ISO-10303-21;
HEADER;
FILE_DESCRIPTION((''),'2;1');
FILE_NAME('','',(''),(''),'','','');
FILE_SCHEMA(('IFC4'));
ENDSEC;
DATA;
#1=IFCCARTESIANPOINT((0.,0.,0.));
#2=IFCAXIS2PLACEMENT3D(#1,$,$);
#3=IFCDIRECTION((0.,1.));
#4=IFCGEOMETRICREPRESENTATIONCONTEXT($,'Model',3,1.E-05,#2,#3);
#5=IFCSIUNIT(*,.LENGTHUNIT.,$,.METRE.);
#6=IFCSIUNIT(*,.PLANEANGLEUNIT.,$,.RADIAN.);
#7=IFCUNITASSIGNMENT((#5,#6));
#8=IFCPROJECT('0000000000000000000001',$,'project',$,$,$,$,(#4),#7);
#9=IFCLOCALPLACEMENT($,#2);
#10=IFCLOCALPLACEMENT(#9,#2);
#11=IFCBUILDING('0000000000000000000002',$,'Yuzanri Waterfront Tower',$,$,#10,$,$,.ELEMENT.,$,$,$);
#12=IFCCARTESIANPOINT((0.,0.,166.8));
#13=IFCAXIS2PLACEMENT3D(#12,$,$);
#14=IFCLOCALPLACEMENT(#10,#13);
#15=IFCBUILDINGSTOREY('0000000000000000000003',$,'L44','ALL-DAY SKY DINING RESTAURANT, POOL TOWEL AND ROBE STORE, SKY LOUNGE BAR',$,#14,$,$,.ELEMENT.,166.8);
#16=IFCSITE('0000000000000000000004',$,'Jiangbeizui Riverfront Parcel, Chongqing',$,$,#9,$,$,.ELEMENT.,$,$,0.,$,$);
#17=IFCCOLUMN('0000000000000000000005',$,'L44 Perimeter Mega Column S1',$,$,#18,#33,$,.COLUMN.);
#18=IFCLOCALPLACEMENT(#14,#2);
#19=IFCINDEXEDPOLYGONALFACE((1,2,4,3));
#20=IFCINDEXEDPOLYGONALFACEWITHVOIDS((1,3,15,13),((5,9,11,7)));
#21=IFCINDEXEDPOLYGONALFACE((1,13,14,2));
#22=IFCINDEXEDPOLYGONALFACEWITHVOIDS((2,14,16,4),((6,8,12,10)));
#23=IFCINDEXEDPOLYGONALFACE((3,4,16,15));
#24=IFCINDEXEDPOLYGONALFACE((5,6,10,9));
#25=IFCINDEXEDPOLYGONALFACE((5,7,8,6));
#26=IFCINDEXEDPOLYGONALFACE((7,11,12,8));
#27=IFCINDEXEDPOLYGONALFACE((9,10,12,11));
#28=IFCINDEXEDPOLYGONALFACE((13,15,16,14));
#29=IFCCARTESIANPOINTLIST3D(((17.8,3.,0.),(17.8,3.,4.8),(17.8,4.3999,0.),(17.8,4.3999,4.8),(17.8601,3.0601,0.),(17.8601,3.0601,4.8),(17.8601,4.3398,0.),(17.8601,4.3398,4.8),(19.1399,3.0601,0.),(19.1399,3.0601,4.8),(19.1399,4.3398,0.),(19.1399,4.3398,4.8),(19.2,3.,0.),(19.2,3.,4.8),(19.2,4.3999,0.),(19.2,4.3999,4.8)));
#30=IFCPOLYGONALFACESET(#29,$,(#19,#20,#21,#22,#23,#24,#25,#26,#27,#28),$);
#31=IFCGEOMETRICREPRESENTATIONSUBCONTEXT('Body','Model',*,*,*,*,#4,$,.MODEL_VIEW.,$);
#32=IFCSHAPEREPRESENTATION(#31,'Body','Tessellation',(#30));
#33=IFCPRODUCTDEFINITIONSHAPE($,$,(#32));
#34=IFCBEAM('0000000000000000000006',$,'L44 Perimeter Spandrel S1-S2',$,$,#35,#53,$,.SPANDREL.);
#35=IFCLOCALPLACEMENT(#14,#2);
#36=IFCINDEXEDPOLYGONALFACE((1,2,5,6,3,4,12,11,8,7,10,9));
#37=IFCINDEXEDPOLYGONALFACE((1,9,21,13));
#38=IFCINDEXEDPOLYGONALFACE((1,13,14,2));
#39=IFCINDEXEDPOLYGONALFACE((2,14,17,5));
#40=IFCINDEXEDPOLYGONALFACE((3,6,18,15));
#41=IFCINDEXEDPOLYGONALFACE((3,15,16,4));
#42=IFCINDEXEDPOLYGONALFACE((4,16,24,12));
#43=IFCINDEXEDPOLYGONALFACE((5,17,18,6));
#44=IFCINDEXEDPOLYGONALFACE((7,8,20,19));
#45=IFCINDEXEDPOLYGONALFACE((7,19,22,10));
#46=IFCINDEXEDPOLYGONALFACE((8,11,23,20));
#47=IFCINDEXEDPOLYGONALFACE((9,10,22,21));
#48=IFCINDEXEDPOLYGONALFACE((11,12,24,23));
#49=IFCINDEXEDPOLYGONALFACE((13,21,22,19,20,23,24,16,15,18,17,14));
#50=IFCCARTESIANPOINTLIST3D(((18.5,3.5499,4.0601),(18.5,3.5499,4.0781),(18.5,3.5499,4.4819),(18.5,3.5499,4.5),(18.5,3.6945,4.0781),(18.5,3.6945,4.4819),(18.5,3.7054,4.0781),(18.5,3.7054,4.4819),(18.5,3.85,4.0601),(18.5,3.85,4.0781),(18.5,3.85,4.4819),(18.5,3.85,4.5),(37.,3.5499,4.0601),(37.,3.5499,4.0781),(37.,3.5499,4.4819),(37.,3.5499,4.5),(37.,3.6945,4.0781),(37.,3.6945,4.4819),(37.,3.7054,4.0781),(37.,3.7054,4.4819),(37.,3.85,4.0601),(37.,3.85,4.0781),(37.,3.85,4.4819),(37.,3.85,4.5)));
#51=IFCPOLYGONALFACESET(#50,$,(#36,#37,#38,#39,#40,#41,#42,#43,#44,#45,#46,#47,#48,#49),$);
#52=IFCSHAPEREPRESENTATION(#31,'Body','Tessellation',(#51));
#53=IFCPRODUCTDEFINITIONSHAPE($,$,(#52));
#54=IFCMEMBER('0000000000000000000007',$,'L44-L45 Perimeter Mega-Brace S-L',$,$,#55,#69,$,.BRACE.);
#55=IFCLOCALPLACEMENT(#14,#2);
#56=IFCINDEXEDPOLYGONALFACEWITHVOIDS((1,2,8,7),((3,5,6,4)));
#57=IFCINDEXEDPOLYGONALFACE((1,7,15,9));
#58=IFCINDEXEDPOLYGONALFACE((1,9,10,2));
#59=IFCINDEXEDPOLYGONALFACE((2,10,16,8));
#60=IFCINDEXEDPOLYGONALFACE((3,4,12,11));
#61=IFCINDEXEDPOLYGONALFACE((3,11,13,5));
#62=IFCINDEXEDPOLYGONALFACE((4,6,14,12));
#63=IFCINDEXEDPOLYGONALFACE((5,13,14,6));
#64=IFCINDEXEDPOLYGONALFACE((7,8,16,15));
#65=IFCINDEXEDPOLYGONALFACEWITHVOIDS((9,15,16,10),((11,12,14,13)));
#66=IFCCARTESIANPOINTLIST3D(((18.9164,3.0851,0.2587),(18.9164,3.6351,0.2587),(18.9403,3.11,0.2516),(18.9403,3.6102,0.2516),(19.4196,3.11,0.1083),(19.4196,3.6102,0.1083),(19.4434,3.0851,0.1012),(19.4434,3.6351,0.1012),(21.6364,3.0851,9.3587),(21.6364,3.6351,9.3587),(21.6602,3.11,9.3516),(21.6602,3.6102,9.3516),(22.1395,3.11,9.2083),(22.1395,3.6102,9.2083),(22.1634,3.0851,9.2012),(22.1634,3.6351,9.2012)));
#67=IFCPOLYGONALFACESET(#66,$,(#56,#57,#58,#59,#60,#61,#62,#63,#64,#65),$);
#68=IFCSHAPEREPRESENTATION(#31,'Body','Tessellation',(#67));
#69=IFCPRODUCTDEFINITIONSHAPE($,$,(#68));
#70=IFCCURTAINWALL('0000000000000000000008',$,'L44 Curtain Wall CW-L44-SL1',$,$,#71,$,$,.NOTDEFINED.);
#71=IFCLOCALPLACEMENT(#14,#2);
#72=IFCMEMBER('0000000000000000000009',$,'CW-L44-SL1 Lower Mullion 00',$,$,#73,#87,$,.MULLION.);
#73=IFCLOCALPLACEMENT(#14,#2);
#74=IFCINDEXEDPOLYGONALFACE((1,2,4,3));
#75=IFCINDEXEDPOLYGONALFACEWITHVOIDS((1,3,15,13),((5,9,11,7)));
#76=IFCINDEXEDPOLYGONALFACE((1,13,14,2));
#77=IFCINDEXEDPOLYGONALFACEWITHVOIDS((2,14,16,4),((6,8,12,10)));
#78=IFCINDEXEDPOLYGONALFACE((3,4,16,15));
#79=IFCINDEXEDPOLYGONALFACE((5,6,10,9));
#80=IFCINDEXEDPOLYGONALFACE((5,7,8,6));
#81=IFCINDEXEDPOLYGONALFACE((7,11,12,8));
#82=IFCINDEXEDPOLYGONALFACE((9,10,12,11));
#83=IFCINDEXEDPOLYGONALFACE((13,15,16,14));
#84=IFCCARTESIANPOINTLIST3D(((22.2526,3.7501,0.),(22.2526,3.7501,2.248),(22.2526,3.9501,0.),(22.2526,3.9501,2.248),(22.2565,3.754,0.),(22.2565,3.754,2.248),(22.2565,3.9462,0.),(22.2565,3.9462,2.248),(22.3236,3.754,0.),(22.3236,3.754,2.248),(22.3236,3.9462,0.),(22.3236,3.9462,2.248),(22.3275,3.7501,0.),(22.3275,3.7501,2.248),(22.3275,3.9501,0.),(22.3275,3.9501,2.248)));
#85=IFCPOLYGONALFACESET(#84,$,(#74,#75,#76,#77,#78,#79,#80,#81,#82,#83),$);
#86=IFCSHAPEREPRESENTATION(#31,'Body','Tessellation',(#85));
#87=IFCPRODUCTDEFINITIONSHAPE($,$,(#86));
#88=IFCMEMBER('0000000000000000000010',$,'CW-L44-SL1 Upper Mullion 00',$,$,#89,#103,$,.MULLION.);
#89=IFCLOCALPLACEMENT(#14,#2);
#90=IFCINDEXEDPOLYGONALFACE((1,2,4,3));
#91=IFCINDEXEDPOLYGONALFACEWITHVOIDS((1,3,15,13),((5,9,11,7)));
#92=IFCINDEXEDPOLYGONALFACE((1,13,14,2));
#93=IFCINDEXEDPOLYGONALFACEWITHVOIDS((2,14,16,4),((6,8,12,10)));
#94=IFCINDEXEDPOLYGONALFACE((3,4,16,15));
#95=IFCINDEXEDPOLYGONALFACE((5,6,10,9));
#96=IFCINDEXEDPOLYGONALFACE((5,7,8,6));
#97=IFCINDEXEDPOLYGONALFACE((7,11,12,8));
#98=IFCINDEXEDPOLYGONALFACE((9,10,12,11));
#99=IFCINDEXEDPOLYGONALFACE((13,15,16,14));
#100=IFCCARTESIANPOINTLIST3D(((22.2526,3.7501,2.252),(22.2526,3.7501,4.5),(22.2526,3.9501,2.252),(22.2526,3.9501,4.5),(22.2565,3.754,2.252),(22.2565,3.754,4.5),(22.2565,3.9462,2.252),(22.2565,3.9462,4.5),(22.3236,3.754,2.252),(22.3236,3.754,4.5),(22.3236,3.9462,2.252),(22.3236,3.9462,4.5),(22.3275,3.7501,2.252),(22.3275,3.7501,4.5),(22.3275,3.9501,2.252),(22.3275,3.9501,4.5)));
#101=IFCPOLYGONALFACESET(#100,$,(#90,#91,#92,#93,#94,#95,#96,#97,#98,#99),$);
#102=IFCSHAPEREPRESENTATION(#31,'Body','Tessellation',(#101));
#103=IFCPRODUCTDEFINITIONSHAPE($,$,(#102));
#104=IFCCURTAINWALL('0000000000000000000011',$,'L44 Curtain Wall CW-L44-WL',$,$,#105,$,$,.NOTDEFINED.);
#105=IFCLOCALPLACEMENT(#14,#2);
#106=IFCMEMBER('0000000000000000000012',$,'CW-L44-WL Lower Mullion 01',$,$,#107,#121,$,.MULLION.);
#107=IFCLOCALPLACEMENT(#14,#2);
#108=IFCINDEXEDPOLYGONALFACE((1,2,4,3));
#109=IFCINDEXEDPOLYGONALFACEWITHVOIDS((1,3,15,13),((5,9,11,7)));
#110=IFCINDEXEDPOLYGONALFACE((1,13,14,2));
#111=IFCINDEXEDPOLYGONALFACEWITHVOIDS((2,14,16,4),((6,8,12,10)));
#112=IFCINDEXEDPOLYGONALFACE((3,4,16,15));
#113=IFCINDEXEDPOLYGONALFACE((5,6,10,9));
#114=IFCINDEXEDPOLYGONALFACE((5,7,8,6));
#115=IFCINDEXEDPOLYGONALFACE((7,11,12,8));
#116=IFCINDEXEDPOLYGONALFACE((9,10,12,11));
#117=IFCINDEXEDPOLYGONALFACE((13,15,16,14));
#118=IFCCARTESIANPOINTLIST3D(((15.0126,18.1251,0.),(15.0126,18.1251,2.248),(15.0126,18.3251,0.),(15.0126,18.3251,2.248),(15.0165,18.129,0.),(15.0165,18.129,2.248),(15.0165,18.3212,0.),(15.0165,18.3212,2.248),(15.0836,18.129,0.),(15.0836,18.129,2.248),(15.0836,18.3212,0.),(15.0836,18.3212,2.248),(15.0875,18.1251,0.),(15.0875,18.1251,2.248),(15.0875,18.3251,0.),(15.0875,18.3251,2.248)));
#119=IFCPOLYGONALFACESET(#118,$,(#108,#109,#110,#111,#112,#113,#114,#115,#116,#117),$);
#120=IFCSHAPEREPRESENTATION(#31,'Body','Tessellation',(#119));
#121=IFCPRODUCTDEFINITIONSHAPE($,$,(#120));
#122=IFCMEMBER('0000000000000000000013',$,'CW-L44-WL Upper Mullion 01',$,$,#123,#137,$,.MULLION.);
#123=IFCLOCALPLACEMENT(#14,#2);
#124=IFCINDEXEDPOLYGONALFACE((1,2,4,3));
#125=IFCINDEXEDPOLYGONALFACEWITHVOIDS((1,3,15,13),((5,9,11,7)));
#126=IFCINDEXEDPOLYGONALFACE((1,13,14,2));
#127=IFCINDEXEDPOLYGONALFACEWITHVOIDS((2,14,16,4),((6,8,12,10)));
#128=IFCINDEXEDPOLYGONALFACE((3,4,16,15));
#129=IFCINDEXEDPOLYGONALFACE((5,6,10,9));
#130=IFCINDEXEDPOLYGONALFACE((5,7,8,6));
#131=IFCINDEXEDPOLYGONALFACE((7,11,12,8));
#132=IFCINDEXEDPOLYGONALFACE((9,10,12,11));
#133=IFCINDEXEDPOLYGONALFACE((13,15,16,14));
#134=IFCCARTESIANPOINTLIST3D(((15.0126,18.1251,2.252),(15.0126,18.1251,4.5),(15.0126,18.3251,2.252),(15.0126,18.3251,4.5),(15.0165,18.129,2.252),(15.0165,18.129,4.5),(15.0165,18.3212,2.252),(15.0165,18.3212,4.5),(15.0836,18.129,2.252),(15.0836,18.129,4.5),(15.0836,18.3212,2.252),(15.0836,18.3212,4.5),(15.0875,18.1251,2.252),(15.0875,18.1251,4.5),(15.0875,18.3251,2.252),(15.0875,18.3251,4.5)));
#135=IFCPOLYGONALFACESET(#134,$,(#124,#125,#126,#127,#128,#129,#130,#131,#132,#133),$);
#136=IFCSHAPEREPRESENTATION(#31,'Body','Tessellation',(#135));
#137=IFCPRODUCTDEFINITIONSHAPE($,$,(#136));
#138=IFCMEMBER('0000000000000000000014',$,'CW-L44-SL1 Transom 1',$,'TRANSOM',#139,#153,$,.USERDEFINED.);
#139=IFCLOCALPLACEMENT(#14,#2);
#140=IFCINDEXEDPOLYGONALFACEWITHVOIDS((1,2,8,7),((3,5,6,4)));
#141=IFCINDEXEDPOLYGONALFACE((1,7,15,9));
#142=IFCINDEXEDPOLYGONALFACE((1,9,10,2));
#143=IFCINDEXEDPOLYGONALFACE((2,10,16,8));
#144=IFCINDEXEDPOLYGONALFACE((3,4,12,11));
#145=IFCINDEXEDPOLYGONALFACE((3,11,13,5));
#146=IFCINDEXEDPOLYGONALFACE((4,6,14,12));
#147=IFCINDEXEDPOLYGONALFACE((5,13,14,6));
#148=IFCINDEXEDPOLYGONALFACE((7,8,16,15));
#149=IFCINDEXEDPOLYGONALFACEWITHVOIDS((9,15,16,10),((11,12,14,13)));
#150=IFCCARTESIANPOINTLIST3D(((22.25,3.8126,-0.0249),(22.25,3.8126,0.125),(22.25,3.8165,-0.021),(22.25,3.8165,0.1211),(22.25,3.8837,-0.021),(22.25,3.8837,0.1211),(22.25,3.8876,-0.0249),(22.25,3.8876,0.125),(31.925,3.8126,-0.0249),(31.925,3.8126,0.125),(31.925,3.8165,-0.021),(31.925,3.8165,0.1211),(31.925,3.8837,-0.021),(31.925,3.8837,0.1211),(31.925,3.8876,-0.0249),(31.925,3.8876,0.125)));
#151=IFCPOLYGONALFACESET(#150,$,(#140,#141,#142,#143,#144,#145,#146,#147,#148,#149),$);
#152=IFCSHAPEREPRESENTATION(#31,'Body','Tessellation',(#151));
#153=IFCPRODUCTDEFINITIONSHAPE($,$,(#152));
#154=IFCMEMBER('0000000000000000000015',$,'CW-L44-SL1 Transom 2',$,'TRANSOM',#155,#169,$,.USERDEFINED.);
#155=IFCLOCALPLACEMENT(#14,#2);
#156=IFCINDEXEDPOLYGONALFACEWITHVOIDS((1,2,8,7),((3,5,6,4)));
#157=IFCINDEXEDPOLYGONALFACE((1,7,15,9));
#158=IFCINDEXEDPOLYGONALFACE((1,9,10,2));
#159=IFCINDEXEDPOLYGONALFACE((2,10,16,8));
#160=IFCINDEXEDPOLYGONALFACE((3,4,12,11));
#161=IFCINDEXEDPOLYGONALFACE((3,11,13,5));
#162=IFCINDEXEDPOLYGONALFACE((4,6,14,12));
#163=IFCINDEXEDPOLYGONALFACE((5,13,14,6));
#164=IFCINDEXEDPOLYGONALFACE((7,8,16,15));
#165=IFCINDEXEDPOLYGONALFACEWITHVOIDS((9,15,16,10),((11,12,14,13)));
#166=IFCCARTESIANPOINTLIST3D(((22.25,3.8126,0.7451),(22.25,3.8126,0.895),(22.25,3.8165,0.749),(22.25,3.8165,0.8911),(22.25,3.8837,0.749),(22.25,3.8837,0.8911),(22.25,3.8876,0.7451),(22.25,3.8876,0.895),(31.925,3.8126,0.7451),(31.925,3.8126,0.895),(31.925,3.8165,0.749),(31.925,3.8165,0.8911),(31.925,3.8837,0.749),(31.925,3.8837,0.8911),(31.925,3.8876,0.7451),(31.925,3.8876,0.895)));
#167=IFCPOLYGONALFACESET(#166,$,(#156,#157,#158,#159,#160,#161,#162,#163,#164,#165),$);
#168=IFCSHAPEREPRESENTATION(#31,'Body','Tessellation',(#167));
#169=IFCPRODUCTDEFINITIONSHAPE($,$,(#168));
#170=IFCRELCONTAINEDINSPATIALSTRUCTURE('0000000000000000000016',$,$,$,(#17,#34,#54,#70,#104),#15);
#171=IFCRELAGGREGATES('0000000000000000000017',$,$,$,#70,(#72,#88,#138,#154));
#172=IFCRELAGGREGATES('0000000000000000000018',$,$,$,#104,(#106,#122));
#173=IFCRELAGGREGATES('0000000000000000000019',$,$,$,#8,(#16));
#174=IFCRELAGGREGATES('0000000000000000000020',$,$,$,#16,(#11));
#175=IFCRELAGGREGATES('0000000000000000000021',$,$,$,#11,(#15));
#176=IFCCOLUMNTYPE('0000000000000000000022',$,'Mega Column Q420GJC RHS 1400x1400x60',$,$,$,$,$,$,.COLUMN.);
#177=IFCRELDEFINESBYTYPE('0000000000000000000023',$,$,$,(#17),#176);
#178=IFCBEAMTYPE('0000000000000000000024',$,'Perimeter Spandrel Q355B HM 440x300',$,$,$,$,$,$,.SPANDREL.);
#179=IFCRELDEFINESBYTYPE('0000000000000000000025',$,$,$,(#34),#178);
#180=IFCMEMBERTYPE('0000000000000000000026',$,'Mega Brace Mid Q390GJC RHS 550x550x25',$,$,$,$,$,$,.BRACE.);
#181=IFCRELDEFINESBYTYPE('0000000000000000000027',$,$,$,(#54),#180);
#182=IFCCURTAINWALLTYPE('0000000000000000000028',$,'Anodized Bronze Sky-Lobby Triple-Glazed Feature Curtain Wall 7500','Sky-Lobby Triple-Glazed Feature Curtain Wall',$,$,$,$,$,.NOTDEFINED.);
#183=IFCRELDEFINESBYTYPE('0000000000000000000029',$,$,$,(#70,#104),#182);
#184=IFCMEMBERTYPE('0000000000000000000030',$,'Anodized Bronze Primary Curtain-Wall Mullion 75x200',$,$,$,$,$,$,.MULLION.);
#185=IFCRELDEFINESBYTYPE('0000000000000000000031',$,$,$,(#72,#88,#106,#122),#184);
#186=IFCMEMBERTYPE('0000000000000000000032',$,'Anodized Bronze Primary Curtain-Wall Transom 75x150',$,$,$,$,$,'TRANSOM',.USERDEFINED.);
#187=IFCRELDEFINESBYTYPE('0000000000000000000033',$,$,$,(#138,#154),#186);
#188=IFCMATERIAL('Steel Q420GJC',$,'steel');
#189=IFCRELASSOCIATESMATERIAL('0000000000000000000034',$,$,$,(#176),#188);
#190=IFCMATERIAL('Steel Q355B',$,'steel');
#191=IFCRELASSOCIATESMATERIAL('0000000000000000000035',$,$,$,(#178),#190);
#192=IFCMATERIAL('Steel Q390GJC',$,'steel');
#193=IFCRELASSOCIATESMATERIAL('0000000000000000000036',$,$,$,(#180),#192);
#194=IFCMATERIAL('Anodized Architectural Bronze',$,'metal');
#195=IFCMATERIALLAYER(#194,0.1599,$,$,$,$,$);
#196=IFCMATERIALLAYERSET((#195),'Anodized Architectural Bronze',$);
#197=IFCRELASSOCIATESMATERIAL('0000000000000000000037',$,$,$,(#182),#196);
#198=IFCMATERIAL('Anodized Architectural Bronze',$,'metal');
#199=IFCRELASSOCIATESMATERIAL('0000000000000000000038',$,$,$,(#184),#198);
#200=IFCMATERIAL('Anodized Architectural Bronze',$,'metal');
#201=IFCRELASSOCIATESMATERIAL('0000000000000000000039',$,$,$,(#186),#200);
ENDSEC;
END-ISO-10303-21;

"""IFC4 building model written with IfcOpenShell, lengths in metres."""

from ifc_helpers import new_model, si_unit, direction, frame, origin, origin_2d, place, context, subcontext, project, spatial, hollow_rectangle, i_section, extrude, source, transform, mapped, material, layer, layer_set, material_profile, profile_set, type_object, element, aggregate, save


model = new_model("IFC4")

# Units and contexts
model_context = context("Model", 3, precision=1e-05, world=origin(), true_north=direction((0.0, 1.0)))
body_context = subcontext(model_context, "Body", "Model", "MODEL_VIEW")
ifc_project = project(units=[si_unit("LENGTHUNIT", "METRE"), si_unit("PLANEANGLEUNIT", "RADIAN")], contexts=[model_context])

# Site, building, storey
site_placement = place(None, origin())
site = spatial("IfcSite", under=ifc_project, at=site_placement, Name="Jiangbeizui Riverfront Parcel, Chongqing", CompositionType="ELEMENT", RefElevation=0.0)
building_placement = place(site_placement, origin())
building = spatial("IfcBuilding", under=site, at=building_placement, Name="Yuzanri Waterfront Tower", CompositionType="ELEMENT")
storey_placement = place(building_placement, frame((0.0, 0.0, 166.8)))
storey = spatial("IfcBuildingStorey", under=building, at=storey_placement, Name="L44", Description="ALL-DAY SKY DINING RESTAURANT, POOL TOWEL AND ROBE STORE, SKY LOUNGE BAR", CompositionType="ELEMENT", Elevation=166.8)

# Column
ifc_material_1 = material(Name="Steel Q420GJC", Category="steel")
ifc_material_profile_1 = material_profile(ifc_material_1, hollow_rectangle(XDim=1.3999, YDim=1.3999, WallThickness=0.0601, at=origin_2d()), Name="RHS 1400x1400x60")
ifc_profile_set_1 = profile_set([ifc_material_profile_1], Name="Steel Q420GJC")
column_type = type_object("IfcColumnType", Name="Mega Column Q420GJC RHS 1400x1400x60", PredefinedType="COLUMN", material=ifc_profile_set_1)
shared_shape_1 = source(origin(), body_context, "Body", "SweptSolid", [
    extrude(hollow_rectangle(XDim=1.3999, YDim=1.3999, WallThickness=0.0601, at=origin_2d()), origin(), (0.0, 0.0, 1.0), 4.8),
])
column_placement = place(storey_placement, frame((18.5, 3.7, 0.0), z_axis=(0.0, 0.0, 1.0), x_axis=(1.0, 0.0, 0.0)))
element("IfcColumn", 1, at=column_placement, inside=storey, type_object=column_type, Name="L44 Perimeter Mega Column S1", PredefinedType="COLUMN", context=body_context, shape_type="MappedRepresentation", body=[
    mapped(shared_shape_1, transform((0.0, 0.0, 0.0), scale=1.0)),
])

# Beam
ifc_material_2 = material(Name="Steel Q355B", Category="steel")
ifc_material_profile_2 = material_profile(ifc_material_2, i_section(OverallWidth=0.3, OverallDepth=0.4399, WebThickness=0.011, FlangeThickness=0.0181, at=origin_2d()), Name="HM 440x300x11x18")
ifc_profile_set_2 = profile_set([ifc_material_profile_2], Name="Steel Q355B")
beam_type = type_object("IfcBeamType", Name="Perimeter Spandrel Q355B HM 440x300", PredefinedType="SPANDREL", material=ifc_profile_set_2)
shared_shape_2 = source(origin(), body_context, "Body", "SweptSolid", [
    extrude(i_section(OverallWidth=0.3, OverallDepth=0.4399, WebThickness=0.011, FlangeThickness=0.0181, at=origin_2d()), origin(), (0.0, 0.0, 1.0), 18.5),
])
beam_placement = place(storey_placement, frame((18.5, 3.7, 4.28), z_axis=(1.0, 0.0, 0.0), x_axis=(0.0, 1.0, 0.0)))
element("IfcBeam", 2, at=beam_placement, inside=storey, type_object=beam_type, Name="L44 Perimeter Spandrel S1-S2", PredefinedType="SPANDREL", context=body_context, shape_type="MappedRepresentation", body=[
    mapped(shared_shape_2, transform((0.0, 0.0, 0.0), scale=1.0)),
])

# Member
ifc_material_3 = material(Name="Steel Q390GJC", Category="steel")
ifc_material_profile_3 = material_profile(ifc_material_3, hollow_rectangle(XDim=0.55, YDim=0.55, WallThickness=0.0249, at=origin_2d()), Name="RHS 550x550x25")
ifc_profile_set_3 = profile_set([ifc_material_profile_3], Name="Steel Q390GJC")
member_type_1 = type_object("IfcMemberType", Name="Mega Brace Mid Q390GJC RHS 550x550x25", PredefinedType="BRACE", material=ifc_profile_set_3)
shared_shape_3 = source(origin(), body_context, "Body", "SweptSolid", [
    extrude(hollow_rectangle(XDim=0.55, YDim=0.55, WallThickness=0.0249, at=origin_2d()), origin(), (0.0, 0.0, 1.0), 9.4978),
])
member_1_placement = place(storey_placement, frame((19.1799, 3.3601, 0.1799), z_axis=(0.286376, 0.0, 0.958117), x_axis=(0.0, 1.0, 0.0)))
element("IfcMember", 3, at=member_1_placement, inside=storey, type_object=member_type_1, Name="L44-L45 Perimeter Mega-Brace S-L", PredefinedType="BRACE", context=body_context, shape_type="MappedRepresentation", body=[
    mapped(shared_shape_3, transform((0.0, 0.0, 0.0), scale=1.0)),
])

# Curtain walls, members
ifc_material_4 = material(Name="Anodized Architectural Bronze", Category="metal")
ifc_layer_1 = layer(ifc_material_4, 0.1599)
ifc_layer_set_1 = layer_set([ifc_layer_1], Name="Anodized Architectural Bronze")
curtain_wall_type = type_object("IfcCurtainWallType", Name="Anodized Bronze Sky-Lobby Triple-Glazed Feature Curtain Wall 7500", Description="Sky-Lobby Triple-Glazed Feature Curtain Wall", PredefinedType="NOTDEFINED", material=ifc_layer_set_1)
curtain_wall_1_placement = place(storey_placement, origin())
curtain_wall_1 = element("IfcCurtainWall", 4, at=curtain_wall_1_placement, inside=storey, type_object=curtain_wall_type, Name="L44 Curtain Wall CW-L44-SL1", PredefinedType="NOTDEFINED")
ifc_material_5 = material(Name="Anodized Architectural Bronze", Category="metal")
ifc_material_profile_4 = material_profile(ifc_material_5, hollow_rectangle(XDim=0.075, YDim=0.2, WallThickness=0.0039, at=origin_2d()), Name="CWM 75x200")
ifc_profile_set_4 = profile_set([ifc_material_profile_4], Name="Anodized Architectural Bronze")
member_type_2 = type_object("IfcMemberType", Name="Anodized Bronze Primary Curtain-Wall Mullion 75x200", PredefinedType="MULLION", material=ifc_profile_set_4)
shared_shape_4 = source(origin(), body_context, "Body", "SweptSolid", [
    extrude(hollow_rectangle(XDim=0.075, YDim=0.2, WallThickness=0.0039, at=origin_2d()), origin(), (0.0, 0.0, 1.0), 2.248),
])
member_2_placement = place(storey_placement, frame((22.29, 3.8501, 0.0), z_axis=(0.0, 0.0, 1.0), x_axis=(1.0, 0.0, 0.0)))
member_2 = element("IfcMember", 5, at=member_2_placement, type_object=member_type_2, Name="CW-L44-SL1 Lower Mullion 00", PredefinedType="MULLION", context=body_context, shape_type="MappedRepresentation", body=[
    mapped(shared_shape_4, transform((0.0, 0.0, 0.0), scale=1.0)),
])
member_3_placement = place(storey_placement, frame((22.29, 3.8501, 2.252), z_axis=(0.0, 0.0, 1.0), x_axis=(1.0, 0.0, 0.0)))
member_3 = element("IfcMember", 6, at=member_3_placement, type_object=member_type_2, Name="CW-L44-SL1 Upper Mullion 00", PredefinedType="MULLION", context=body_context, shape_type="MappedRepresentation", body=[
    mapped(shared_shape_4, transform((0.0, 0.0, 0.0), scale=1.0)),
])
curtain_wall_2_placement = place(storey_placement, origin())
curtain_wall_2 = element("IfcCurtainWall", 7, at=curtain_wall_2_placement, inside=storey, type_object=curtain_wall_type, Name="L44 Curtain Wall CW-L44-WL", PredefinedType="NOTDEFINED")
member_4_placement = place(storey_placement, frame((15.05, 18.2251, 0.0), z_axis=(0.0, 0.0, 1.0), x_axis=(1.0, 0.0, 0.0)))
member_4 = element("IfcMember", 8, at=member_4_placement, type_object=member_type_2, Name="CW-L44-WL Lower Mullion 01", PredefinedType="MULLION", context=body_context, shape_type="MappedRepresentation", body=[
    mapped(shared_shape_4, transform((0.0, 0.0, 0.0), scale=1.0)),
])
member_5_placement = place(storey_placement, frame((15.05, 18.2251, 2.252), z_axis=(0.0, 0.0, 1.0), x_axis=(1.0, 0.0, 0.0)))
member_5 = element("IfcMember", 9, at=member_5_placement, type_object=member_type_2, Name="CW-L44-WL Upper Mullion 01", PredefinedType="MULLION", context=body_context, shape_type="MappedRepresentation", body=[
    mapped(shared_shape_4, transform((0.0, 0.0, 0.0), scale=1.0)),
])

# Members
ifc_material_6 = material(Name="Anodized Architectural Bronze", Category="metal")
ifc_material_profile_5 = material_profile(ifc_material_6, hollow_rectangle(XDim=0.075, YDim=0.1499, WallThickness=0.0039, at=origin_2d()), Name="CWT 75x150")
ifc_profile_set_5 = profile_set([ifc_material_profile_5], Name="Anodized Architectural Bronze")
member_type_3 = type_object("IfcMemberType", Name="Anodized Bronze Primary Curtain-Wall Transom 75x150", ElementType="TRANSOM", PredefinedType="USERDEFINED", material=ifc_profile_set_5)
shared_shape_5 = source(origin(), body_context, "Body", "SweptSolid", [
    extrude(hollow_rectangle(XDim=0.075, YDim=0.1499, WallThickness=0.0039, at=origin_2d()), origin(), (0.0, 0.0, 1.0), 9.675),
])
member_6_placement = place(storey_placement, frame((22.25, 3.8501, 0.05), z_axis=(1.0, 0.0, 0.0), x_axis=(0.0, 1.0, 0.0)))
member_6 = element("IfcMember", 10, at=member_6_placement, type_object=member_type_3, Name="CW-L44-SL1 Transom 1", ObjectType="TRANSOM", PredefinedType="USERDEFINED", context=body_context, shape_type="MappedRepresentation", body=[
    mapped(shared_shape_5, transform((0.0, 0.0, 0.0), scale=1.0)),
])
member_7_placement = place(storey_placement, frame((22.25, 3.8501, 0.8201), z_axis=(1.0, 0.0, 0.0), x_axis=(0.0, 1.0, 0.0)))
member_7 = element("IfcMember", 11, at=member_7_placement, type_object=member_type_3, Name="CW-L44-SL1 Transom 2", ObjectType="TRANSOM", PredefinedType="USERDEFINED", context=body_context, shape_type="MappedRepresentation", body=[
    mapped(shared_shape_5, transform((0.0, 0.0, 0.0), scale=1.0)),
])
aggregate(curtain_wall_1, [member_2, member_3, member_6, member_7])

aggregate(curtain_wall_2, [member_4, member_5])

save(model, "model.ifc")
